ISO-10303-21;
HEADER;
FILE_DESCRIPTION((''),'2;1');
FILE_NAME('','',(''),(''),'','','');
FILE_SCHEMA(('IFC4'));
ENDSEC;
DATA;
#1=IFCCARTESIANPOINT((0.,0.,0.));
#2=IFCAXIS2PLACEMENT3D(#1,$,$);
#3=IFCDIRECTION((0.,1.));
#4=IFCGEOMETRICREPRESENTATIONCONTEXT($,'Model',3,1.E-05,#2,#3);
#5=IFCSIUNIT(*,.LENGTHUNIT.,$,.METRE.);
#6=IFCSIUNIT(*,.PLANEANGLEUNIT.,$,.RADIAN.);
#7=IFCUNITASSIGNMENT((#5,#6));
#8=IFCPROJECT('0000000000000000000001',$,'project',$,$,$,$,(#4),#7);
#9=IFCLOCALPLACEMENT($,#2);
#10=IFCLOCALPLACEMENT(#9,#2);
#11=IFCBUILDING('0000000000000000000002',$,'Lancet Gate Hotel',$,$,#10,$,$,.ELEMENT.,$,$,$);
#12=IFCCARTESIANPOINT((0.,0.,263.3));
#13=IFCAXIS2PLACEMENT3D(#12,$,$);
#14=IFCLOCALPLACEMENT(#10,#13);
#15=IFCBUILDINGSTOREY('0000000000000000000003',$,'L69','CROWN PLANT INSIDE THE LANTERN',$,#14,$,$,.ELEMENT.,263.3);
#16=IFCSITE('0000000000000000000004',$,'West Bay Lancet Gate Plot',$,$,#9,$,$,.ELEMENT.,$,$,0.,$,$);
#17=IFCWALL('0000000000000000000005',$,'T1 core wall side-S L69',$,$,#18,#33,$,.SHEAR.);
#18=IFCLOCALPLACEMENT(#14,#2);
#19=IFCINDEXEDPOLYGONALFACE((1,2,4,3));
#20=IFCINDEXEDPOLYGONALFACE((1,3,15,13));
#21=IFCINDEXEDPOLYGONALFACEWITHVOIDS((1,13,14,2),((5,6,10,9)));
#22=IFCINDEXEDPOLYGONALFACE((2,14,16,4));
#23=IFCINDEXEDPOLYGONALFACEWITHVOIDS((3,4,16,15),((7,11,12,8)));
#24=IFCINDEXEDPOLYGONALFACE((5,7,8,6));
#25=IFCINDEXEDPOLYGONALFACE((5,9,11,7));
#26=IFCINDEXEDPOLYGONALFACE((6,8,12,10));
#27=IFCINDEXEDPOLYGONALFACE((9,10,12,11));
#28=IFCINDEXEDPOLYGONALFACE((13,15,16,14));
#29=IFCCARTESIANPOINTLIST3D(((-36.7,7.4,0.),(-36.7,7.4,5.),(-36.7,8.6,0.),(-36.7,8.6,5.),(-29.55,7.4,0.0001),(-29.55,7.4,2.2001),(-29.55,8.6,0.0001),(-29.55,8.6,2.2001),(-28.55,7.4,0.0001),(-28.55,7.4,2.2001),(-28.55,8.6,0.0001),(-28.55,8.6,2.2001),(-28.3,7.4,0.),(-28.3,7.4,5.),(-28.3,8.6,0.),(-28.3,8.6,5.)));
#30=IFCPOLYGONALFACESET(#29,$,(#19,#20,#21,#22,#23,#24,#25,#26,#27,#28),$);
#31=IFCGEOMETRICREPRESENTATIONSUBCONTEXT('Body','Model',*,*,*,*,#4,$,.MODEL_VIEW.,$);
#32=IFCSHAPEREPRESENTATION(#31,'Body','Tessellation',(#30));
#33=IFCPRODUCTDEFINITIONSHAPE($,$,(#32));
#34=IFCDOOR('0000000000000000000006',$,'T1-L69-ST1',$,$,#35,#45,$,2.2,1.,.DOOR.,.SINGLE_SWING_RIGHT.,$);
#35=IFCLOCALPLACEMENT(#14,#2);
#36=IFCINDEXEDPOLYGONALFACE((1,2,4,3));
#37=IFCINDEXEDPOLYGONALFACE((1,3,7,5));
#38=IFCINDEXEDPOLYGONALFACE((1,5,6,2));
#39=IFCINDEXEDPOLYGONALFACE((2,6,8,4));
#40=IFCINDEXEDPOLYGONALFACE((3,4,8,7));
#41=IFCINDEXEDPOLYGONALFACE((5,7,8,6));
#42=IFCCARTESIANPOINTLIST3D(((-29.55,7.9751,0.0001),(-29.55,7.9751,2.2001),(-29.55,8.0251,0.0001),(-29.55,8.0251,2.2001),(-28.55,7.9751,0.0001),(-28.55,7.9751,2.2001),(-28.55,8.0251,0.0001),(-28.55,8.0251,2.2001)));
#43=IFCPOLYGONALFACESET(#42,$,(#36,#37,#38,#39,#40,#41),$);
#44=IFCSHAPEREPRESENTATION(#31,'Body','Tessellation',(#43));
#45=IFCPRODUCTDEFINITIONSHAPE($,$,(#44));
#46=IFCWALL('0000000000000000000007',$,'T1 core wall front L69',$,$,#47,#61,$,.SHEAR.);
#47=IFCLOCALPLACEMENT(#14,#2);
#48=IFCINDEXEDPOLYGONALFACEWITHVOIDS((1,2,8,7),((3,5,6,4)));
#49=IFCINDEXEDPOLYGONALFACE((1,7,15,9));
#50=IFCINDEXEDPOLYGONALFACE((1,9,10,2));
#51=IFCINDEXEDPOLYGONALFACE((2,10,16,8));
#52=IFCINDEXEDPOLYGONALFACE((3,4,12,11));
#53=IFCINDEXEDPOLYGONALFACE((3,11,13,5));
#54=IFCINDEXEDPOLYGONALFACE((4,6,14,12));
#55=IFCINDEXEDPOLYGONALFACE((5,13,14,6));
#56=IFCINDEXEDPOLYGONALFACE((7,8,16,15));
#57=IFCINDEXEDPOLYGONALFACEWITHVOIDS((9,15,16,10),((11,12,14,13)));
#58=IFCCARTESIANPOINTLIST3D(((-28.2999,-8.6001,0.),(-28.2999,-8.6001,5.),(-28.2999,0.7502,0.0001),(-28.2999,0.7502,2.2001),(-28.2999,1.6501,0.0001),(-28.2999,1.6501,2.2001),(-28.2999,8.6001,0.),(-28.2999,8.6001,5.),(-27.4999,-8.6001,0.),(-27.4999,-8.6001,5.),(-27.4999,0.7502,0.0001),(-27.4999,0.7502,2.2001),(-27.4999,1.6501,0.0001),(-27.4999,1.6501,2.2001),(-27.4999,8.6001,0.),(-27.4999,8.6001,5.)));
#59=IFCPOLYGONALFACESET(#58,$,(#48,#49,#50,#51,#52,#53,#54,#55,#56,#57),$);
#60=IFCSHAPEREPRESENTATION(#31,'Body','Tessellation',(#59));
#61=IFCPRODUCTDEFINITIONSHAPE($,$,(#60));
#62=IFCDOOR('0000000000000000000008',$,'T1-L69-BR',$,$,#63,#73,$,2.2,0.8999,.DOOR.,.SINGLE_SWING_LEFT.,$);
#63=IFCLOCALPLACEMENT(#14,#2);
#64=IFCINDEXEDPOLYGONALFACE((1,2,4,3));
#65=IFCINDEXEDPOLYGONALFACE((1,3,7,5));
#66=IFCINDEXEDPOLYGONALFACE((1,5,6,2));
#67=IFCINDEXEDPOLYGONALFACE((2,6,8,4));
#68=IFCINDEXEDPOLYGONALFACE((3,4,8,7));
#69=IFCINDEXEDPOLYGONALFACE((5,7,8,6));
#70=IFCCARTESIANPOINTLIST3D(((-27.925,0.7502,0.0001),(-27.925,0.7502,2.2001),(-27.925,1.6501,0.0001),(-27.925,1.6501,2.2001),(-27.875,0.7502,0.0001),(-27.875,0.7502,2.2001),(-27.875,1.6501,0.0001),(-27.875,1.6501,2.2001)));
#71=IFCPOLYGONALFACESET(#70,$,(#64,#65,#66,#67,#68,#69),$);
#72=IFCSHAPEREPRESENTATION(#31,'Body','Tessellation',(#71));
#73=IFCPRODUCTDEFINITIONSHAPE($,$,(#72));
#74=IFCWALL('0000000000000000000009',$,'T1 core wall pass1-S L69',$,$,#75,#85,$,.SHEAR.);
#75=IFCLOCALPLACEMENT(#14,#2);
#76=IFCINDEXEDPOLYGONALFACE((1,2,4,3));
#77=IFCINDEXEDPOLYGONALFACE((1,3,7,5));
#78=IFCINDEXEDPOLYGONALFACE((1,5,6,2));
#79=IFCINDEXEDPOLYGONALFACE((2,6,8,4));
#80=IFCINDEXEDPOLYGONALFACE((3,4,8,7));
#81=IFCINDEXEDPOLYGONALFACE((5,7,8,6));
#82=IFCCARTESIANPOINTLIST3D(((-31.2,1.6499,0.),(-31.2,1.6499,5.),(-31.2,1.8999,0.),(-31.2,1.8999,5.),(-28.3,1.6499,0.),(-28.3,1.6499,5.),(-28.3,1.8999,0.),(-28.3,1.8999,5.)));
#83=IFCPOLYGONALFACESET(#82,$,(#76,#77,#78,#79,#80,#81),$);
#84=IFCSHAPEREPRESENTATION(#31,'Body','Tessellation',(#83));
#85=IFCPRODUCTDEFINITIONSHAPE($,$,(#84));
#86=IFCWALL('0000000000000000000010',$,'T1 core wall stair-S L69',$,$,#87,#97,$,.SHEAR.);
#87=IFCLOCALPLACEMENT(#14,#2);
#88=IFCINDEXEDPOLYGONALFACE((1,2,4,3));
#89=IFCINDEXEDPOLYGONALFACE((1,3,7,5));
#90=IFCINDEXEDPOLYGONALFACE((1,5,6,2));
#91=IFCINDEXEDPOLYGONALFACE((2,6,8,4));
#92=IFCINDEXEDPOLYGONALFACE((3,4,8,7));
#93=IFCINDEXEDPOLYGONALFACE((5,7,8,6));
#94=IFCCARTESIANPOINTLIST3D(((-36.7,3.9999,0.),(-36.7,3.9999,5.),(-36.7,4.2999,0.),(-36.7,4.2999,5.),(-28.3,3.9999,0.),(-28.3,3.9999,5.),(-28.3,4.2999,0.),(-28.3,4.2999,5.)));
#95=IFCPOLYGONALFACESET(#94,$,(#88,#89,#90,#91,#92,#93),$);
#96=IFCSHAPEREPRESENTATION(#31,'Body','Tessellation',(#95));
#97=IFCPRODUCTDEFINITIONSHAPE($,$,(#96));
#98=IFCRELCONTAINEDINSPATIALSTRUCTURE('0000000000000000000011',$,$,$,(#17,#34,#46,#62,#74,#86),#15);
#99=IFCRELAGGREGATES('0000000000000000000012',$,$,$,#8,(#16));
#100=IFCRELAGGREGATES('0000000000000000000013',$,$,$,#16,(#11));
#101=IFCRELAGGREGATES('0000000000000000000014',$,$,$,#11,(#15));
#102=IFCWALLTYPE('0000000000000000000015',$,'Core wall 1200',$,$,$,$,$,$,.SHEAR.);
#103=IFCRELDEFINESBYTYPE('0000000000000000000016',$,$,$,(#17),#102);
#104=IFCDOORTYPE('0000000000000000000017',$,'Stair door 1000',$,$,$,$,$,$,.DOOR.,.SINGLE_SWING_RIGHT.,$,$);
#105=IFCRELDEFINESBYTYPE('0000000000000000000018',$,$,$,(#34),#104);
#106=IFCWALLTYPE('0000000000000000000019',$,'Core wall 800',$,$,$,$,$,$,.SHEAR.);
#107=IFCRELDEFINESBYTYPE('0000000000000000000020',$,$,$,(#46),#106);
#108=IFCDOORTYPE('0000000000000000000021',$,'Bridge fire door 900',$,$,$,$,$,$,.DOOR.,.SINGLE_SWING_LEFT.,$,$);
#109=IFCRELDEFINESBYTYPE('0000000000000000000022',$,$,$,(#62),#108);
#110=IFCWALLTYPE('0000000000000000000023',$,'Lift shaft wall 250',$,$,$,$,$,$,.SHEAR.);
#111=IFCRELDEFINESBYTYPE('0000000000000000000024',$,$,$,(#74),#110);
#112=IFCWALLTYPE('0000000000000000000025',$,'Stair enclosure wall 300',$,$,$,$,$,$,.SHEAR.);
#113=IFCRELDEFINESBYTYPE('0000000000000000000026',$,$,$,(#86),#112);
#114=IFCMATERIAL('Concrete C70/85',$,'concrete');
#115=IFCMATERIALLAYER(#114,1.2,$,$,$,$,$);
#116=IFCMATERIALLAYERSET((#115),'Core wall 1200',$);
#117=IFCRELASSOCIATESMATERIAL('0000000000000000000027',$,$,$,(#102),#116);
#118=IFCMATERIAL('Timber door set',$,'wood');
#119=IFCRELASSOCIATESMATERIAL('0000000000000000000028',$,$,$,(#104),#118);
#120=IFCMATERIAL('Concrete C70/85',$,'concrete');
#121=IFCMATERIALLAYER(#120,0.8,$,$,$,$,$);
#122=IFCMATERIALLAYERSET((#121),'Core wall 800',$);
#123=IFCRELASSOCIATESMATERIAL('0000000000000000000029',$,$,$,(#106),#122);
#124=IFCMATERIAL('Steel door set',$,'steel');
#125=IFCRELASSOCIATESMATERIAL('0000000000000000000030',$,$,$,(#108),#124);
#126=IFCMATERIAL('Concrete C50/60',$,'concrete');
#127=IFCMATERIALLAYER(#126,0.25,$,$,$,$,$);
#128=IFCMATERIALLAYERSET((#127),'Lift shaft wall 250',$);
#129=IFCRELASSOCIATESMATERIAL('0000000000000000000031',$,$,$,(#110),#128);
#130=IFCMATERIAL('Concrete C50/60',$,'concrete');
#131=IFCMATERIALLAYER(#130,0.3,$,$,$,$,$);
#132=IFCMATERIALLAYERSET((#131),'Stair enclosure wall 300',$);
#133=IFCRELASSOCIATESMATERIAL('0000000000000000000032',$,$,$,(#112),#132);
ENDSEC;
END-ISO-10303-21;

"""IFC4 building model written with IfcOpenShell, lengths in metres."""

from ifc_helpers import new_model, si_unit, direction, frame, frame_2d, origin, place, context, subcontext, project, spatial, rectangle, extrude, material, layer, layer_set, type_object, element, fill, save


model = new_model("IFC4")

# Units and contexts
model_context = context("Model", 3, precision=1e-05, world=origin(), true_north=direction((0.0, 1.0)))
body_context = subcontext(model_context, "Body", "Model", "MODEL_VIEW")
ifc_project = project(units=[si_unit("LENGTHUNIT", "METRE"), si_unit("PLANEANGLEUNIT", "RADIAN")], contexts=[model_context])

# Site, building, storey
site_placement = place(None, origin())
site = spatial("IfcSite", under=ifc_project, at=site_placement, Name="West Bay Lancet Gate Plot", CompositionType="ELEMENT", RefElevation=0.0)
building_placement = place(site_placement, origin())
building = spatial("IfcBuilding", under=site, at=building_placement, Name="Lancet Gate Hotel", CompositionType="ELEMENT")
storey_placement = place(building_placement, frame((0.0, 0.0, 263.3)))
storey = spatial("IfcBuildingStorey", under=building, at=storey_placement, Name="L69", Description="CROWN PLANT INSIDE THE LANTERN", CompositionType="ELEMENT", Elevation=263.3)

# Walls, openings, doors
ifc_material_1 = material(Name="Concrete C70/85", Category="concrete")
ifc_layer_1 = layer(ifc_material_1, 1.2)
ifc_layer_set_1 = layer_set([ifc_layer_1], Name="Core wall 1200")
wall_type_1 = type_object("IfcWallType", Name="Core wall 1200", PredefinedType="SHEAR", material=ifc_layer_set_1)
wall_1_placement = place(storey_placement, frame((-28.3, 8.0, 0.0), z_axis=(0.0, 0.0, 1.0), x_axis=(-1.0, 0.0, 0.0)))
wall_1 = element("IfcWall", 1, at=wall_1_placement, inside=storey, type_object=wall_type_1, Name="T1 core wall side-S L69", PredefinedType="SHEAR", context=body_context, shape_type="SweptSolid", body=[
    extrude(rectangle(XDim=8.3999, YDim=1.2, at=frame_2d((4.2, 0.0))), origin(), (0.0, 0.0, 1.0), 5.0),
])
opening_1_placement = place(wall_1_placement, frame((0.25, 0.0, 0.0)))
opening_1 = element("IfcOpeningElement", 2, at=opening_1_placement, cuts=wall_1, PredefinedType="OPENING", context=body_context, shape_type="SweptSolid", body=[
    extrude(rectangle(XDim=1.0, YDim=2.2, at=frame_2d((0.5, 1.1001))), frame((0.0, 0.6099, 0.0), z_axis=(0.0, -1.0, 0.0), x_axis=(1.0, 0.0, 0.0)), (0.0, 0.0, 1.0), 1.22),
])
ifc_material_2 = material(Name="Timber door set", Category="wood")
door_type_1 = type_object("IfcDoorType", Name="Stair door 1000", OperationType="SINGLE_SWING_RIGHT", PredefinedType="DOOR", material=ifc_material_2)
door_1_placement = place(opening_1_placement, origin())
door_1 = element("IfcDoor", 3, at=door_1_placement, inside=storey, type_object=door_type_1, Name="T1-L69-ST1", OperationType="SINGLE_SWING_RIGHT", OverallHeight=2.2, OverallWidth=1.0, PredefinedType="DOOR", context=body_context, shape_type="SweptSolid", body=[
    extrude(rectangle(XDim=1.0, YDim=2.2, at=frame_2d((0.5, 1.1001))), frame((0.0, 0.0249, 0.0), z_axis=(0.0, -1.0, 0.0), x_axis=(1.0, 0.0, 0.0)), (0.0, 0.0, 1.0), 0.05),
])
fill(opening_1, door_1)
ifc_material_3 = material(Name="Concrete C70/85", Category="concrete")
ifc_layer_2 = layer(ifc_material_3, 0.8)
ifc_layer_set_2 = layer_set([ifc_layer_2], Name="Core wall 800")
wall_type_2 = type_object("IfcWallType", Name="Core wall 800", PredefinedType="SHEAR", material=ifc_layer_set_2)
wall_2_placement = place(storey_placement, frame((-27.8999, 8.6001, 0.0), z_axis=(0.0, 0.0, 1.0), x_axis=(0.0, -1.0, 0.0)))
wall_2 = element("IfcWall", 4, at=wall_2_placement, inside=storey, type_object=wall_type_2, Name="T1 core wall front L69", PredefinedType="SHEAR", context=body_context, shape_type="SweptSolid", body=[
    extrude(rectangle(XDim=17.2002, YDim=0.8, at=frame_2d((8.6001, 0.0))), origin(), (0.0, 0.0, 1.0), 5.0),
])
opening_2_placement = place(wall_2_placement, frame((6.95, 0.0, 0.0)))
opening_2 = element("IfcOpeningElement", 5, at=opening_2_placement, cuts=wall_2, PredefinedType="OPENING", context=body_context, shape_type="SweptSolid", body=[
    extrude(rectangle(XDim=0.8999, YDim=2.2, at=frame_2d((0.45, 1.1001))), frame((0.0, 0.4099, 0.0), z_axis=(0.0, -1.0, 0.0), x_axis=(1.0, 0.0, 0.0)), (0.0, 0.0, 1.0), 0.8201),
])
ifc_material_4 = material(Name="Steel door set", Category="steel")
door_type_2 = type_object("IfcDoorType", Name="Bridge fire door 900", OperationType="SINGLE_SWING_LEFT", PredefinedType="DOOR", material=ifc_material_4)
door_2_placement = place(opening_2_placement, origin())
door_2 = element("IfcDoor", 6, at=door_2_placement, inside=storey, type_object=door_type_2, Name="T1-L69-BR", OperationType="SINGLE_SWING_LEFT", OverallHeight=2.2, OverallWidth=0.8999, PredefinedType="DOOR", context=body_context, shape_type="SweptSolid", body=[
    extrude(rectangle(XDim=0.8999, YDim=2.2, at=frame_2d((0.45, 1.1001))), frame((0.0, 0.0249, 0.0), z_axis=(0.0, -1.0, 0.0), x_axis=(1.0, 0.0, 0.0)), (0.0, 0.0, 1.0), 0.05),
])
fill(opening_2, door_2)

# Walls
ifc_material_5 = material(Name="Concrete C50/60", Category="concrete")
ifc_layer_3 = layer(ifc_material_5, 0.25)
ifc_layer_set_3 = layer_set([ifc_layer_3], Name="Lift shaft wall 250")
wall_type_3 = type_object("IfcWallType", Name="Lift shaft wall 250", PredefinedType="SHEAR", material=ifc_layer_set_3)
wall_3_placement = place(storey_placement, frame((-28.3, 1.7749, 0.0), z_axis=(0.0, 0.0, 1.0), x_axis=(-1.0, 0.0, 0.0)))
element("IfcWall", 7, at=wall_3_placement, inside=storey, type_object=wall_type_3, Name="T1 core wall pass1-S L69", PredefinedType="SHEAR", context=body_context, shape_type="SweptSolid", body=[
    extrude(rectangle(XDim=2.8999, YDim=0.25, at=frame_2d((1.45, 0.0))), origin(), (0.0, 0.0, 1.0), 5.0),
])
ifc_material_6 = material(Name="Concrete C50/60", Category="concrete")
ifc_layer_4 = layer(ifc_material_6, 0.3)
ifc_layer_set_4 = layer_set([ifc_layer_4], Name="Stair enclosure wall 300")
wall_type_4 = type_object("IfcWallType", Name="Stair enclosure wall 300", PredefinedType="SHEAR", material=ifc_layer_set_4)
wall_4_placement = place(storey_placement, frame((-28.3, 4.1499, 0.0), z_axis=(0.0, 0.0, 1.0), x_axis=(-1.0, 0.0, 0.0)))
element("IfcWall", 8, at=wall_4_placement, inside=storey, type_object=wall_type_4, Name="T1 core wall stair-S L69", PredefinedType="SHEAR", context=body_context, shape_type="SweptSolid", body=[
    extrude(rectangle(XDim=8.3999, YDim=0.3, at=frame_2d((4.2, 0.0))), origin(), (0.0, 0.0, 1.0), 5.0),
])

save(model, "model.ifc")
